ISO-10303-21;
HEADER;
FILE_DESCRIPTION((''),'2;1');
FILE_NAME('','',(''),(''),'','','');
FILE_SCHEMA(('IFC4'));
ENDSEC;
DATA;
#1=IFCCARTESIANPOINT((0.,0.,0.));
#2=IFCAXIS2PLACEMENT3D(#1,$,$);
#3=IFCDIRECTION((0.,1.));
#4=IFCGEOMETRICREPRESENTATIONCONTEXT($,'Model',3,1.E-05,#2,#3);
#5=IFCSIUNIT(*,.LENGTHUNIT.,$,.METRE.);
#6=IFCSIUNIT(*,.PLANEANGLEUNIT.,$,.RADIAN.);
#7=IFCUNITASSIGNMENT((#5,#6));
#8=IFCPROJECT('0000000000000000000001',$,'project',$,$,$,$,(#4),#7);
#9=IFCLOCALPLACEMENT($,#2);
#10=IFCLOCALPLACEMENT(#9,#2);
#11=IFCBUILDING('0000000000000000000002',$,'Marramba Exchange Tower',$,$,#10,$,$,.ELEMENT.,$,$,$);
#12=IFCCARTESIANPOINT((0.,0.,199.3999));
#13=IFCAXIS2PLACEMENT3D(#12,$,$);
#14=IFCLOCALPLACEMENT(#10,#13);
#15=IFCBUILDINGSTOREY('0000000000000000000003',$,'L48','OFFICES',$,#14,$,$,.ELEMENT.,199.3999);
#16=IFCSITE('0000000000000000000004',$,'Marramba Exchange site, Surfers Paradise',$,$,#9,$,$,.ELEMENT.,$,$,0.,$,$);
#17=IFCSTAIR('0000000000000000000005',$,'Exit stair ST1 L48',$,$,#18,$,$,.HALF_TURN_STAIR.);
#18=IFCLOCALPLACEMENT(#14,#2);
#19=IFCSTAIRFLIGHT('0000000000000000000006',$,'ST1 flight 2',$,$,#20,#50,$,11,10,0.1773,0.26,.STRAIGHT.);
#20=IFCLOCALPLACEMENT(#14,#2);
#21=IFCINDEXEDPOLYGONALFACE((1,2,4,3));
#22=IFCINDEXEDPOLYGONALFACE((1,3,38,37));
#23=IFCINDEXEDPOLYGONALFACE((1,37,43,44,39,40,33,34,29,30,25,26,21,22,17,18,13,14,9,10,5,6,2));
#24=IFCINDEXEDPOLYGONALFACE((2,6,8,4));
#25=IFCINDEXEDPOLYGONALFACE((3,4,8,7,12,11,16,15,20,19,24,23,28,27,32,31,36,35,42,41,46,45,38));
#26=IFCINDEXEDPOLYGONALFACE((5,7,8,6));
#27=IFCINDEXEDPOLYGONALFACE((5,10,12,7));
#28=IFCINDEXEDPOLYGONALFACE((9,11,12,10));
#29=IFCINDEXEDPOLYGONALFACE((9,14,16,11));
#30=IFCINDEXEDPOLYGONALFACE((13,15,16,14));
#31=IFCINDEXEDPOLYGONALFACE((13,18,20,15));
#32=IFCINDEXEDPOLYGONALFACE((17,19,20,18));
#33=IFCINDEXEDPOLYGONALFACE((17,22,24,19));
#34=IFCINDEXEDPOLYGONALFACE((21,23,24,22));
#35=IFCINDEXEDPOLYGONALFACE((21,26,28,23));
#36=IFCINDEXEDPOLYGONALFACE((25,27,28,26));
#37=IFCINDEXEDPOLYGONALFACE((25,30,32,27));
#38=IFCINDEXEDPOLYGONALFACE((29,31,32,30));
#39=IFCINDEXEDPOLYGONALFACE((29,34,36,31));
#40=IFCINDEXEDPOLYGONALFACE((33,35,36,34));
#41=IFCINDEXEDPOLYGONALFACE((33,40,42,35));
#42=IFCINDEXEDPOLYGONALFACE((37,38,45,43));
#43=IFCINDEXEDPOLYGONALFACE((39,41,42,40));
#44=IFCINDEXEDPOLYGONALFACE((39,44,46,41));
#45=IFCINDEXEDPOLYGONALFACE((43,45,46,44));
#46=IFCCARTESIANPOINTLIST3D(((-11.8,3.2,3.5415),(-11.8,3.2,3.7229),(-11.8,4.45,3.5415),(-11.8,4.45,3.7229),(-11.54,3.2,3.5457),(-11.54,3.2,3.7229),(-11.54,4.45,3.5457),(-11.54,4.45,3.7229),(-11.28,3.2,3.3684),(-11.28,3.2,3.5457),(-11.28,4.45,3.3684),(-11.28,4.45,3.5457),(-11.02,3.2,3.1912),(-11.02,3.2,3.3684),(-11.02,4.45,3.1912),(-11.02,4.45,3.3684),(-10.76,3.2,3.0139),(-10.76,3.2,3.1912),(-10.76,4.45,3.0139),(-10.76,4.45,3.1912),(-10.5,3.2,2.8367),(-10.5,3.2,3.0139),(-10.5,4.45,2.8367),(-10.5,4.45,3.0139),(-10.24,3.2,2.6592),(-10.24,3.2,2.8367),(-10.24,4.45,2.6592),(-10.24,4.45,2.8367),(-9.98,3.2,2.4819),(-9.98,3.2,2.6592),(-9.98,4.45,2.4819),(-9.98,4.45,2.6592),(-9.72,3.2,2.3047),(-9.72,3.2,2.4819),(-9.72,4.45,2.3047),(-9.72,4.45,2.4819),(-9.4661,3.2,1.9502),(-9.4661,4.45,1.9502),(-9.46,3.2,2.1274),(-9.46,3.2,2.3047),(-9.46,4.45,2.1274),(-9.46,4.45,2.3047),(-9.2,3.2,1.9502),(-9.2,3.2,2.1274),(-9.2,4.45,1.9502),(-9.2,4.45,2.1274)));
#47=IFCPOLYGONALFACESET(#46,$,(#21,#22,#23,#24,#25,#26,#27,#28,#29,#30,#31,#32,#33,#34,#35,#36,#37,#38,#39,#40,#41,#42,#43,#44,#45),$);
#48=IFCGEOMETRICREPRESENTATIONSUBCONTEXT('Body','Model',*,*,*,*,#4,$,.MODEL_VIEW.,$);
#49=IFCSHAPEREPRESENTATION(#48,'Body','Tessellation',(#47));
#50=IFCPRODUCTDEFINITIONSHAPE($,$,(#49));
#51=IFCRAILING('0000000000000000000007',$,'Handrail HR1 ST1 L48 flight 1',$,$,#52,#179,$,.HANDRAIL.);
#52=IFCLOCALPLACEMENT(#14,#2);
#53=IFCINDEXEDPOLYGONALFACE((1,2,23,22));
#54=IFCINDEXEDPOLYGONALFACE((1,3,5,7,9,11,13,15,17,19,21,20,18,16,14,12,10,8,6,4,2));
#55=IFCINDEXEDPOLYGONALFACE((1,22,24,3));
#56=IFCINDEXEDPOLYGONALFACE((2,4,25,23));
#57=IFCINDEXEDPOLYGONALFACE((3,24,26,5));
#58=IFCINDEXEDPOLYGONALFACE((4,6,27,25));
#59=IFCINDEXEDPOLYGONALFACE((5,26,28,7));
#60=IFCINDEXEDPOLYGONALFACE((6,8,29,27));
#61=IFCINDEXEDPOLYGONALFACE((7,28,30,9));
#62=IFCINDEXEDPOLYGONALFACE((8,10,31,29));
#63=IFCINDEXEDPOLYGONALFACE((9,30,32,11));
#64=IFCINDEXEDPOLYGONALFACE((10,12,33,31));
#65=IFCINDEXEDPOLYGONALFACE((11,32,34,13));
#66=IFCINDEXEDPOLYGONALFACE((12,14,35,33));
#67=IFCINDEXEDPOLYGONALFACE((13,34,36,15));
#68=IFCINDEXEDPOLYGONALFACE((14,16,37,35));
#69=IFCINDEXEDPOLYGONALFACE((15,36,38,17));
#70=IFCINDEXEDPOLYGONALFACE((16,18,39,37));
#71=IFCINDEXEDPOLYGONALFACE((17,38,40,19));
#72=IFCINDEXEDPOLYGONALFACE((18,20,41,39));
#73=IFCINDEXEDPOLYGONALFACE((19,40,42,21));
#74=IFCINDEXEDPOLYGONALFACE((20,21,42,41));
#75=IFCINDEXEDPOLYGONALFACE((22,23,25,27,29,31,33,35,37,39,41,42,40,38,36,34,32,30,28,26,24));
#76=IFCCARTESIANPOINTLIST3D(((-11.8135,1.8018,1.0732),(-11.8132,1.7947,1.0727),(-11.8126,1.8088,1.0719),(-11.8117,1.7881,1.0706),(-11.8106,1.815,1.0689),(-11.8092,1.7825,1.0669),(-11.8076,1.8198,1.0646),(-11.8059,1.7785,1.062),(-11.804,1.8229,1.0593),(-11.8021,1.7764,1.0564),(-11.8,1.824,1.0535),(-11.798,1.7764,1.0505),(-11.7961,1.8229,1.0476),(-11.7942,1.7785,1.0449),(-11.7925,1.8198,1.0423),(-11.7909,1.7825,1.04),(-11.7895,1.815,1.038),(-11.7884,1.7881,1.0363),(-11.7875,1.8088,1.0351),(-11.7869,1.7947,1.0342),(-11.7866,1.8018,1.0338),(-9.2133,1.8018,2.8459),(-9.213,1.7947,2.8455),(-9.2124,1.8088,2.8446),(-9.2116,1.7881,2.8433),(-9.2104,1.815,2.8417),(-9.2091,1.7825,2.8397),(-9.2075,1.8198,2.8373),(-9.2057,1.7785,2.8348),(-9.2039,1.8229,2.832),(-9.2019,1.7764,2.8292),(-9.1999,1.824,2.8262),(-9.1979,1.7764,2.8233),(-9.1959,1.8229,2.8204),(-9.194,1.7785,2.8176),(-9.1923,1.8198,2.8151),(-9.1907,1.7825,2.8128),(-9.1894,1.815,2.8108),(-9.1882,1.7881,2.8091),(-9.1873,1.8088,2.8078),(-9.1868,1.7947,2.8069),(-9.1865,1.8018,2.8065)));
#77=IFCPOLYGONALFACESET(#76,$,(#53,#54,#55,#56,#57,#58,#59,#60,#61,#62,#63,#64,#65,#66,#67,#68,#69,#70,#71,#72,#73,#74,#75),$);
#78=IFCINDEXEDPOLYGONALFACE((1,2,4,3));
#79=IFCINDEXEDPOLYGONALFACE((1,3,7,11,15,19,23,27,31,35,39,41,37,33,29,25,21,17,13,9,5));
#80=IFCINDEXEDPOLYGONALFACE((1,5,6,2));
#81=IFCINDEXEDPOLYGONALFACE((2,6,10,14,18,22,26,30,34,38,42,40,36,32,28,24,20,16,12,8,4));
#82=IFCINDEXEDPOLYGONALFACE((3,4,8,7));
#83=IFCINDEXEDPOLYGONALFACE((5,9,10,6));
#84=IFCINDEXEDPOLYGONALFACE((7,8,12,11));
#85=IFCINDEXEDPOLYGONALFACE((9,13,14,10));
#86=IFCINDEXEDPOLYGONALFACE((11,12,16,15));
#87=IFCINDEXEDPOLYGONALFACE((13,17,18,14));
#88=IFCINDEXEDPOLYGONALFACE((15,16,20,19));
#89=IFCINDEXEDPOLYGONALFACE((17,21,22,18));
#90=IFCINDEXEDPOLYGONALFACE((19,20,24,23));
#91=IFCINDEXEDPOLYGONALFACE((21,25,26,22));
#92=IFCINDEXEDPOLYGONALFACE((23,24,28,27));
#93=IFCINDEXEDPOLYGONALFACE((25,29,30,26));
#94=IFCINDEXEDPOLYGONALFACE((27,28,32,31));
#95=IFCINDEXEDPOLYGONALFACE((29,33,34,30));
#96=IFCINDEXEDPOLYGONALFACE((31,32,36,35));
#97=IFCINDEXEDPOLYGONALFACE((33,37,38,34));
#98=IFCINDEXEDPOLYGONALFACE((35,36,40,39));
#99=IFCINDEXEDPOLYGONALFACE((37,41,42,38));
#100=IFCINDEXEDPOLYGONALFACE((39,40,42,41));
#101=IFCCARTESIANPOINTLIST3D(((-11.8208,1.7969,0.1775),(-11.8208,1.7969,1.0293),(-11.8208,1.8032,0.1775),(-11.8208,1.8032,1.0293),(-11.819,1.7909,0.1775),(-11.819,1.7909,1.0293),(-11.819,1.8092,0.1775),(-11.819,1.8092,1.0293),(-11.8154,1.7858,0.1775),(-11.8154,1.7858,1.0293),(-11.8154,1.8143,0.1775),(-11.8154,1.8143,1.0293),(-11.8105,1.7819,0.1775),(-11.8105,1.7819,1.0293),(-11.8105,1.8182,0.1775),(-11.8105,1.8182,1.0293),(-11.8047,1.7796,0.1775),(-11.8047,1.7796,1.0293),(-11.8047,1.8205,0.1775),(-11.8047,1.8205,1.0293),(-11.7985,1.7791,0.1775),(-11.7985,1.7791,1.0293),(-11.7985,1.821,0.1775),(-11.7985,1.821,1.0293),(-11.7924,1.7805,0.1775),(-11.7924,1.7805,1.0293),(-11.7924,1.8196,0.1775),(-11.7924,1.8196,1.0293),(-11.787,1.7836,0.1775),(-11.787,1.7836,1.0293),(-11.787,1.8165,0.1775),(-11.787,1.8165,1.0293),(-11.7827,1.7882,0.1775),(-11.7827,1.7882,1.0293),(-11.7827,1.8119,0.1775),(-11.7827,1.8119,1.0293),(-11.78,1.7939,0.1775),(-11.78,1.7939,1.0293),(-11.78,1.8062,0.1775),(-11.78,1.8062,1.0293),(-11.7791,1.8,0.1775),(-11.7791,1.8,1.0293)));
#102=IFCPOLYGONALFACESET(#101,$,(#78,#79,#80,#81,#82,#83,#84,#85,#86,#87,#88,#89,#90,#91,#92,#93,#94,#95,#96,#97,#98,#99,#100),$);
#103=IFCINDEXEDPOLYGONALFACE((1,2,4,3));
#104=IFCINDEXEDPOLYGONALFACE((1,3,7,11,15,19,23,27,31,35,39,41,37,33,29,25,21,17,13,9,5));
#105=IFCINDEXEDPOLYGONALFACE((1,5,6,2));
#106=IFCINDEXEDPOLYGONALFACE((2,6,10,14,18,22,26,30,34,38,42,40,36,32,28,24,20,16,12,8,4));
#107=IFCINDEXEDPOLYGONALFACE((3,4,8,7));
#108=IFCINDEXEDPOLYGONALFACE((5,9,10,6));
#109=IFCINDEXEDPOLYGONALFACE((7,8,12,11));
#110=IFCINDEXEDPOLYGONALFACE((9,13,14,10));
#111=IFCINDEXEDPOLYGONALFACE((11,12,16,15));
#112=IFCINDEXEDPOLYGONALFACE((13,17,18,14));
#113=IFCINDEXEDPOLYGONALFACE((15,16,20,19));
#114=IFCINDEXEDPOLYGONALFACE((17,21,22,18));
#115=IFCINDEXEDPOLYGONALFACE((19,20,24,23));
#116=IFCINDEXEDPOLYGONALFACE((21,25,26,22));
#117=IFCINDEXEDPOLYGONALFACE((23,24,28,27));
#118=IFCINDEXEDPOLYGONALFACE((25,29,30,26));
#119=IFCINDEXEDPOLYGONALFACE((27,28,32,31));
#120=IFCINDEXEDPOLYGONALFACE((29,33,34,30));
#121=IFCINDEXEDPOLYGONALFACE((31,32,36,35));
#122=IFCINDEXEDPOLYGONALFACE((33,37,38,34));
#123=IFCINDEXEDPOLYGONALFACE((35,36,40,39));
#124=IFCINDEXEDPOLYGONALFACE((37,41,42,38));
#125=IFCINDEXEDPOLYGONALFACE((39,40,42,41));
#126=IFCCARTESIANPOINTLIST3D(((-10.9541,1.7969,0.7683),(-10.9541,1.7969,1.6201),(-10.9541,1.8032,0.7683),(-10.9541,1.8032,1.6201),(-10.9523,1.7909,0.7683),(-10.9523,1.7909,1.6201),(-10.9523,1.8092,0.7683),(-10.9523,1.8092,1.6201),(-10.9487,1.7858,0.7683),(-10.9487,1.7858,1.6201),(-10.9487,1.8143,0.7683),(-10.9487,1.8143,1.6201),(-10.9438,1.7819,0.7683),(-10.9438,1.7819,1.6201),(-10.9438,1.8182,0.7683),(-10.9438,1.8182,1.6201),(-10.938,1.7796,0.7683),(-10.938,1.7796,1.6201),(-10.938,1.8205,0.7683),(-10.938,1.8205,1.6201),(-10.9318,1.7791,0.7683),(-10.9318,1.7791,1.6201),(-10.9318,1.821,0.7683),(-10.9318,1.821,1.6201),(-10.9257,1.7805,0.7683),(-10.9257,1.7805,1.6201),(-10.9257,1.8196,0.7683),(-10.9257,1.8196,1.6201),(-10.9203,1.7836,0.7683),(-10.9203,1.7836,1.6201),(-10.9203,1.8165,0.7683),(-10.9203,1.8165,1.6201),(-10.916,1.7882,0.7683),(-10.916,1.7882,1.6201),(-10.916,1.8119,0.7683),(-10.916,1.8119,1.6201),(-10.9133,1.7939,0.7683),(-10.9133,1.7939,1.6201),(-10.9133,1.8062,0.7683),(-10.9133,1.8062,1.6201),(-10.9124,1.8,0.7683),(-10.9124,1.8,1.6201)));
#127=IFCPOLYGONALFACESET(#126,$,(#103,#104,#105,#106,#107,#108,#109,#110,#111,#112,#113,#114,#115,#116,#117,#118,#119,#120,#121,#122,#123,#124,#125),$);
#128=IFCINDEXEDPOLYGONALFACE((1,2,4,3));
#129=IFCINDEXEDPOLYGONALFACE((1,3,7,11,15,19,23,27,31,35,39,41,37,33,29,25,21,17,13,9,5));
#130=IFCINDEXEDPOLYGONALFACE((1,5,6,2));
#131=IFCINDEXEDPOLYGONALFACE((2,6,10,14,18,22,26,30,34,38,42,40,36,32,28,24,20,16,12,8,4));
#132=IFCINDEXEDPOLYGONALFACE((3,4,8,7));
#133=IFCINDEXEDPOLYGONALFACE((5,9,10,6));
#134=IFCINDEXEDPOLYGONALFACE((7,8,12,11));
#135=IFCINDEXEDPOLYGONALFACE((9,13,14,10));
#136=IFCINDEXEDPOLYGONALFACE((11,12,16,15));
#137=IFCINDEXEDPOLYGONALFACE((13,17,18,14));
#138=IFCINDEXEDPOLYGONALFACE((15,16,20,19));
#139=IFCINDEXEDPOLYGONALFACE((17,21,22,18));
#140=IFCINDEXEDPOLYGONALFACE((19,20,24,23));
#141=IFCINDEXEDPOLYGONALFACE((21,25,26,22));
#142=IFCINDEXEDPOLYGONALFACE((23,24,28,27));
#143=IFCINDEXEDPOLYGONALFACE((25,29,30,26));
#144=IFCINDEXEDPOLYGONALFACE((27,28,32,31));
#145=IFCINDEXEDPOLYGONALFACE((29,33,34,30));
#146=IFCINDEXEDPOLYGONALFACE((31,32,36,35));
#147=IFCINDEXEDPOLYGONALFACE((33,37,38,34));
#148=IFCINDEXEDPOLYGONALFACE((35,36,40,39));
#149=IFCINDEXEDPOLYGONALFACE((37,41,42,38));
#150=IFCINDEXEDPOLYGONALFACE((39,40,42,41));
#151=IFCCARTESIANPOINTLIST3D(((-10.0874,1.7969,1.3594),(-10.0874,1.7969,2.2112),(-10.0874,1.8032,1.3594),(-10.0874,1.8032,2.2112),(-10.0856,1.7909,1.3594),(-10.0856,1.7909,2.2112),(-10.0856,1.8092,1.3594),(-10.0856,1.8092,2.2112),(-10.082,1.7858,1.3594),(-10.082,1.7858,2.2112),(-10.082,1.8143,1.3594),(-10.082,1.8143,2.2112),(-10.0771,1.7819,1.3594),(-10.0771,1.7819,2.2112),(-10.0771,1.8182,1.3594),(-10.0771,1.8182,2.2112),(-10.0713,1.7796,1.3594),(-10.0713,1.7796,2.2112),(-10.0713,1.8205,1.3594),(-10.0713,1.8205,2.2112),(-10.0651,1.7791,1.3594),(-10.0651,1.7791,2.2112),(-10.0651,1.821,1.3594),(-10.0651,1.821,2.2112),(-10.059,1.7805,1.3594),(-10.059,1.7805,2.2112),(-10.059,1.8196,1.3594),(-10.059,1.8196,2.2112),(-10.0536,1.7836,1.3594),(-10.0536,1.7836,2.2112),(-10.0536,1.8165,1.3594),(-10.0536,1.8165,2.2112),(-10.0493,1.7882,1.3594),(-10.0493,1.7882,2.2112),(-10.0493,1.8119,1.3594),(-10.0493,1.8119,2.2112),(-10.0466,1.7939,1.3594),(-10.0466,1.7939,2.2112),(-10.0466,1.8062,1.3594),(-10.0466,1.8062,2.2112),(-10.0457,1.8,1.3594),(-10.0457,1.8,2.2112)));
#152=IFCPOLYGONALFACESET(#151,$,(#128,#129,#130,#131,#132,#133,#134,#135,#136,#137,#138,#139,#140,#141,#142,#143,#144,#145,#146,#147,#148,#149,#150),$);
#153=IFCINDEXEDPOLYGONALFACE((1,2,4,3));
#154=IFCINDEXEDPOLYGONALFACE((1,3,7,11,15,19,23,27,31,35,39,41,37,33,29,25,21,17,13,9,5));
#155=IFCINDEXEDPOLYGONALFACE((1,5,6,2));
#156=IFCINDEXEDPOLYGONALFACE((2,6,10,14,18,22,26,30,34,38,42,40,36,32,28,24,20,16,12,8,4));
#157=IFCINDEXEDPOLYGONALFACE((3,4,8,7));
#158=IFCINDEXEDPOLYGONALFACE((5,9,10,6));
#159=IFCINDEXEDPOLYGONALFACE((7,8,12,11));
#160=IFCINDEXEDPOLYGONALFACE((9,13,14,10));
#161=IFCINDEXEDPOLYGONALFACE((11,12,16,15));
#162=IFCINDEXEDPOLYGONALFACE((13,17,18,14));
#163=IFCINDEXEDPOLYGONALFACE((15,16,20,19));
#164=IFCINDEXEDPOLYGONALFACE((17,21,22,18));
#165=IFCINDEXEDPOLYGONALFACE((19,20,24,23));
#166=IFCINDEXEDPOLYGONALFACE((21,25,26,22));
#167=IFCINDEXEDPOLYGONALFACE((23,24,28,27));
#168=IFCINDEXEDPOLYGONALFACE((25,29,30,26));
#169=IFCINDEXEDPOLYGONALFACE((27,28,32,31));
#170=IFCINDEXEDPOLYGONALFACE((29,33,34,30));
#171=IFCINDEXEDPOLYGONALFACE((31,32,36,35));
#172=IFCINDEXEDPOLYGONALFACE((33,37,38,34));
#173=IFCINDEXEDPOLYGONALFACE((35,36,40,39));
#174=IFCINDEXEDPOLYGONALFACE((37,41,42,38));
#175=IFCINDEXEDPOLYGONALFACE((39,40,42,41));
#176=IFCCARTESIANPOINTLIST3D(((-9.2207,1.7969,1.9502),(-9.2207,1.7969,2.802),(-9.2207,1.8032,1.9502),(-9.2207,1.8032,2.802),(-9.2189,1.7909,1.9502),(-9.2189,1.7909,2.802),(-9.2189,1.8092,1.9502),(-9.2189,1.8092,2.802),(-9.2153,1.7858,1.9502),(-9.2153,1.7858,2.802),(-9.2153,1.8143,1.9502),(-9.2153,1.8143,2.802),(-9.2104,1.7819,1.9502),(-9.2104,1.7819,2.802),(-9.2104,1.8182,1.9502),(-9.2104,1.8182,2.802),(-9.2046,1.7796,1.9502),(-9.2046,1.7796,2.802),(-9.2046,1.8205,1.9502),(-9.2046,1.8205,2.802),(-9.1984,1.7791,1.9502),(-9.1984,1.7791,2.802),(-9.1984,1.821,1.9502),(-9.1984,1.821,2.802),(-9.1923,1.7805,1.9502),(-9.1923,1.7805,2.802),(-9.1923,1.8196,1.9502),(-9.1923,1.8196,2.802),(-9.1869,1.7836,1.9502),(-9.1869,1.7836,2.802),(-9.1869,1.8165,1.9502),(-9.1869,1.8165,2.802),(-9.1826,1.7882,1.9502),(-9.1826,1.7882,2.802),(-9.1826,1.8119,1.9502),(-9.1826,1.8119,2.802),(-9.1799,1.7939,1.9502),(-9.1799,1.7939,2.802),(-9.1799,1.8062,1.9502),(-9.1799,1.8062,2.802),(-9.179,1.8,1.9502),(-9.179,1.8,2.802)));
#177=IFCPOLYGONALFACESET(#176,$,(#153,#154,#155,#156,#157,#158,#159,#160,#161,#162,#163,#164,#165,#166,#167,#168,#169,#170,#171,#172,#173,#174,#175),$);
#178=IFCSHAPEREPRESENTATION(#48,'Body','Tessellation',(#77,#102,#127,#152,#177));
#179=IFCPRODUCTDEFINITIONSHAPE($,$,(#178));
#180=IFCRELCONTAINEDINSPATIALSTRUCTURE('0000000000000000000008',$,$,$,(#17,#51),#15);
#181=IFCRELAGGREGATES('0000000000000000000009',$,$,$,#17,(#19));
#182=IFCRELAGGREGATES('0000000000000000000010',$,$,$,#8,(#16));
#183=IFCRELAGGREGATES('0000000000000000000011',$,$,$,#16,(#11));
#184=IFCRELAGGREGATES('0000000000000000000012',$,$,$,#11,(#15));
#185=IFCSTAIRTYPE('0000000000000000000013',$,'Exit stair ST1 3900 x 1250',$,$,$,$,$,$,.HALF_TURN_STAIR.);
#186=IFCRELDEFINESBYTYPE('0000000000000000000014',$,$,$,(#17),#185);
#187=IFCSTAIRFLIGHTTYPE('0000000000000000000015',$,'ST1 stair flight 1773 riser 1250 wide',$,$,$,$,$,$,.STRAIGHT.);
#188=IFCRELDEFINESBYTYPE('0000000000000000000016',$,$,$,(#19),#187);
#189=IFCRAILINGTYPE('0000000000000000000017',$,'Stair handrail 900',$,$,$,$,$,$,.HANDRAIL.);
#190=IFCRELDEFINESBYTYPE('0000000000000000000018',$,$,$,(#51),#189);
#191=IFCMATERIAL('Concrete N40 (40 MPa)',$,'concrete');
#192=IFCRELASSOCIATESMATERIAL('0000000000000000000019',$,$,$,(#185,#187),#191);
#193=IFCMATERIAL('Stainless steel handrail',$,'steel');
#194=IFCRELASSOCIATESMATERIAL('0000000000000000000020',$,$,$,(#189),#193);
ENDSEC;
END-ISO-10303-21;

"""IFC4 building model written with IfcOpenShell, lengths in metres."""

from ifc_helpers import new_model, si_unit, direction, frame, origin, origin_2d, place, context, subcontext, project, spatial, polyline, circle, outline, extrude, material, type_object, element, aggregate, save


model = new_model("IFC4")

# Units and contexts
model_context = context("Model", 3, precision=1e-05, world=origin(), true_north=direction((0.0, 1.0)))
body_context = subcontext(model_context, "Body", "Model", "MODEL_VIEW")
ifc_project = project(units=[si_unit("LENGTHUNIT", "METRE"), si_unit("PLANEANGLEUNIT", "RADIAN")], contexts=[model_context])

# Site, building, storey
site_placement = place(None, origin())
site = spatial("IfcSite", under=ifc_project, at=site_placement, Name="Marramba Exchange site, Surfers Paradise", CompositionType="ELEMENT", RefElevation=0.0)
building_placement = place(site_placement, origin())
building = spatial("IfcBuilding", under=site, at=building_placement, Name="Marramba Exchange Tower", CompositionType="ELEMENT")
storey_placement = place(building_placement, frame((0.0, 0.0, 199.3999)))
storey = spatial("IfcBuildingStorey", under=building, at=storey_placement, Name="L48", Description="OFFICES", CompositionType="ELEMENT", Elevation=199.3999)

# Stair, stair flight
ifc_material_1 = material(Name="Concrete N40 (40 MPa)", Category="concrete")
stair_type = type_object("IfcStairType", Name="Exit stair ST1 3900 x 1250", PredefinedType="HALF_TURN_STAIR", material=ifc_material_1)
stair_placement = place(storey_placement, origin())
stair = element("IfcStair", 1, at=stair_placement, inside=storey, type_object=stair_type, Name="Exit stair ST1 L48", PredefinedType="HALF_TURN_STAIR")
stair_flight_type = type_object("IfcStairFlightType", Name="ST1 stair flight 1773 riser 1250 wide", PredefinedType="STRAIGHT", material=ifc_material_1)
stair_flight_1_placement = place(storey_placement, frame((-9.2, 3.825, 1.9502), z_axis=(0.0, 0.0, 1.0), x_axis=(-1.0, 0.0, 0.0)))
stair_flight_1 = element("IfcStairFlight", 2, at=stair_flight_1_placement, type_object=stair_flight_type, Name="ST1 flight 2", NumberOfRisers=11, NumberOfTreads=10, PredefinedType="STRAIGHT", RiserHeight=0.1773, TreadLength=0.26, context=body_context, shape_type="SweptSolid", body=[
    extrude(outline(polyline([(0.0, 0.0), (0.0, 0.1772), (0.26, 0.1772), (0.26, 0.3545), (0.52, 0.3545), (0.52, 0.5317), (0.78, 0.5317), (0.78, 0.709), (1.04, 0.709), (1.04, 0.8865), (1.3, 0.8865), (1.3, 1.0637), (1.5601, 1.0637), (1.5601, 1.241), (1.8201, 1.241), (1.8201, 1.4182), (2.0801, 1.4182), (2.0801, 1.5955), (2.3401, 1.5955), (2.3401, 1.7727), (2.6001, 1.7727), (2.6001, 1.95), (2.6001, 1.5913), (0.2661, 0.0), (0.0, 0.0)])), frame((0.0, 0.625, 0.0), z_axis=(0.0, -1.0, 0.0), x_axis=(1.0, 0.0, 0.0)), (0.0, 0.0, 1.0), 1.25),
])
aggregate(stair, [stair_flight_1])

# Railing
ifc_material_2 = material(Name="Stainless steel handrail", Category="steel")
railing_type = type_object("IfcRailingType", Name="Stair handrail 900", PredefinedType="HANDRAIL", material=ifc_material_2)
railing_1_placement = place(storey_placement, frame((-11.8, 1.8, 0.1775)))
element("IfcRailing", 3, at=railing_1_placement, inside=storey, type_object=railing_type, Name="Handrail HR1 ST1 L48 flight 1", PredefinedType="HANDRAIL", context=body_context, shape_type="SweptSolid", body=[
    extrude(circle(Radius=0.0239, at=origin_2d()), frame((0.0, 0.0, 0.876), z_axis=(0.82624, 0.0, 0.563318), x_axis=(0.0, 1.0, 0.0)), (0.0, 0.0, 1.0), 3.147),
    extrude(circle(Radius=0.021, at=origin_2d()), origin(), (0.0, 0.0, 1.0), 0.8518),
    extrude(circle(Radius=0.021, at=origin_2d()), frame((0.8667, 0.0, 0.5908)), (0.0, 0.0, 1.0), 0.8518),
    extrude(circle(Radius=0.021, at=origin_2d()), frame((1.7334, 0.0, 1.1819)), (0.0, 0.0, 1.0), 0.8518),
    extrude(circle(Radius=0.021, at=origin_2d()), frame((2.6001, 0.0, 1.7727)), (0.0, 0.0, 1.0), 0.8518),
])

save(model, "model.ifc")
